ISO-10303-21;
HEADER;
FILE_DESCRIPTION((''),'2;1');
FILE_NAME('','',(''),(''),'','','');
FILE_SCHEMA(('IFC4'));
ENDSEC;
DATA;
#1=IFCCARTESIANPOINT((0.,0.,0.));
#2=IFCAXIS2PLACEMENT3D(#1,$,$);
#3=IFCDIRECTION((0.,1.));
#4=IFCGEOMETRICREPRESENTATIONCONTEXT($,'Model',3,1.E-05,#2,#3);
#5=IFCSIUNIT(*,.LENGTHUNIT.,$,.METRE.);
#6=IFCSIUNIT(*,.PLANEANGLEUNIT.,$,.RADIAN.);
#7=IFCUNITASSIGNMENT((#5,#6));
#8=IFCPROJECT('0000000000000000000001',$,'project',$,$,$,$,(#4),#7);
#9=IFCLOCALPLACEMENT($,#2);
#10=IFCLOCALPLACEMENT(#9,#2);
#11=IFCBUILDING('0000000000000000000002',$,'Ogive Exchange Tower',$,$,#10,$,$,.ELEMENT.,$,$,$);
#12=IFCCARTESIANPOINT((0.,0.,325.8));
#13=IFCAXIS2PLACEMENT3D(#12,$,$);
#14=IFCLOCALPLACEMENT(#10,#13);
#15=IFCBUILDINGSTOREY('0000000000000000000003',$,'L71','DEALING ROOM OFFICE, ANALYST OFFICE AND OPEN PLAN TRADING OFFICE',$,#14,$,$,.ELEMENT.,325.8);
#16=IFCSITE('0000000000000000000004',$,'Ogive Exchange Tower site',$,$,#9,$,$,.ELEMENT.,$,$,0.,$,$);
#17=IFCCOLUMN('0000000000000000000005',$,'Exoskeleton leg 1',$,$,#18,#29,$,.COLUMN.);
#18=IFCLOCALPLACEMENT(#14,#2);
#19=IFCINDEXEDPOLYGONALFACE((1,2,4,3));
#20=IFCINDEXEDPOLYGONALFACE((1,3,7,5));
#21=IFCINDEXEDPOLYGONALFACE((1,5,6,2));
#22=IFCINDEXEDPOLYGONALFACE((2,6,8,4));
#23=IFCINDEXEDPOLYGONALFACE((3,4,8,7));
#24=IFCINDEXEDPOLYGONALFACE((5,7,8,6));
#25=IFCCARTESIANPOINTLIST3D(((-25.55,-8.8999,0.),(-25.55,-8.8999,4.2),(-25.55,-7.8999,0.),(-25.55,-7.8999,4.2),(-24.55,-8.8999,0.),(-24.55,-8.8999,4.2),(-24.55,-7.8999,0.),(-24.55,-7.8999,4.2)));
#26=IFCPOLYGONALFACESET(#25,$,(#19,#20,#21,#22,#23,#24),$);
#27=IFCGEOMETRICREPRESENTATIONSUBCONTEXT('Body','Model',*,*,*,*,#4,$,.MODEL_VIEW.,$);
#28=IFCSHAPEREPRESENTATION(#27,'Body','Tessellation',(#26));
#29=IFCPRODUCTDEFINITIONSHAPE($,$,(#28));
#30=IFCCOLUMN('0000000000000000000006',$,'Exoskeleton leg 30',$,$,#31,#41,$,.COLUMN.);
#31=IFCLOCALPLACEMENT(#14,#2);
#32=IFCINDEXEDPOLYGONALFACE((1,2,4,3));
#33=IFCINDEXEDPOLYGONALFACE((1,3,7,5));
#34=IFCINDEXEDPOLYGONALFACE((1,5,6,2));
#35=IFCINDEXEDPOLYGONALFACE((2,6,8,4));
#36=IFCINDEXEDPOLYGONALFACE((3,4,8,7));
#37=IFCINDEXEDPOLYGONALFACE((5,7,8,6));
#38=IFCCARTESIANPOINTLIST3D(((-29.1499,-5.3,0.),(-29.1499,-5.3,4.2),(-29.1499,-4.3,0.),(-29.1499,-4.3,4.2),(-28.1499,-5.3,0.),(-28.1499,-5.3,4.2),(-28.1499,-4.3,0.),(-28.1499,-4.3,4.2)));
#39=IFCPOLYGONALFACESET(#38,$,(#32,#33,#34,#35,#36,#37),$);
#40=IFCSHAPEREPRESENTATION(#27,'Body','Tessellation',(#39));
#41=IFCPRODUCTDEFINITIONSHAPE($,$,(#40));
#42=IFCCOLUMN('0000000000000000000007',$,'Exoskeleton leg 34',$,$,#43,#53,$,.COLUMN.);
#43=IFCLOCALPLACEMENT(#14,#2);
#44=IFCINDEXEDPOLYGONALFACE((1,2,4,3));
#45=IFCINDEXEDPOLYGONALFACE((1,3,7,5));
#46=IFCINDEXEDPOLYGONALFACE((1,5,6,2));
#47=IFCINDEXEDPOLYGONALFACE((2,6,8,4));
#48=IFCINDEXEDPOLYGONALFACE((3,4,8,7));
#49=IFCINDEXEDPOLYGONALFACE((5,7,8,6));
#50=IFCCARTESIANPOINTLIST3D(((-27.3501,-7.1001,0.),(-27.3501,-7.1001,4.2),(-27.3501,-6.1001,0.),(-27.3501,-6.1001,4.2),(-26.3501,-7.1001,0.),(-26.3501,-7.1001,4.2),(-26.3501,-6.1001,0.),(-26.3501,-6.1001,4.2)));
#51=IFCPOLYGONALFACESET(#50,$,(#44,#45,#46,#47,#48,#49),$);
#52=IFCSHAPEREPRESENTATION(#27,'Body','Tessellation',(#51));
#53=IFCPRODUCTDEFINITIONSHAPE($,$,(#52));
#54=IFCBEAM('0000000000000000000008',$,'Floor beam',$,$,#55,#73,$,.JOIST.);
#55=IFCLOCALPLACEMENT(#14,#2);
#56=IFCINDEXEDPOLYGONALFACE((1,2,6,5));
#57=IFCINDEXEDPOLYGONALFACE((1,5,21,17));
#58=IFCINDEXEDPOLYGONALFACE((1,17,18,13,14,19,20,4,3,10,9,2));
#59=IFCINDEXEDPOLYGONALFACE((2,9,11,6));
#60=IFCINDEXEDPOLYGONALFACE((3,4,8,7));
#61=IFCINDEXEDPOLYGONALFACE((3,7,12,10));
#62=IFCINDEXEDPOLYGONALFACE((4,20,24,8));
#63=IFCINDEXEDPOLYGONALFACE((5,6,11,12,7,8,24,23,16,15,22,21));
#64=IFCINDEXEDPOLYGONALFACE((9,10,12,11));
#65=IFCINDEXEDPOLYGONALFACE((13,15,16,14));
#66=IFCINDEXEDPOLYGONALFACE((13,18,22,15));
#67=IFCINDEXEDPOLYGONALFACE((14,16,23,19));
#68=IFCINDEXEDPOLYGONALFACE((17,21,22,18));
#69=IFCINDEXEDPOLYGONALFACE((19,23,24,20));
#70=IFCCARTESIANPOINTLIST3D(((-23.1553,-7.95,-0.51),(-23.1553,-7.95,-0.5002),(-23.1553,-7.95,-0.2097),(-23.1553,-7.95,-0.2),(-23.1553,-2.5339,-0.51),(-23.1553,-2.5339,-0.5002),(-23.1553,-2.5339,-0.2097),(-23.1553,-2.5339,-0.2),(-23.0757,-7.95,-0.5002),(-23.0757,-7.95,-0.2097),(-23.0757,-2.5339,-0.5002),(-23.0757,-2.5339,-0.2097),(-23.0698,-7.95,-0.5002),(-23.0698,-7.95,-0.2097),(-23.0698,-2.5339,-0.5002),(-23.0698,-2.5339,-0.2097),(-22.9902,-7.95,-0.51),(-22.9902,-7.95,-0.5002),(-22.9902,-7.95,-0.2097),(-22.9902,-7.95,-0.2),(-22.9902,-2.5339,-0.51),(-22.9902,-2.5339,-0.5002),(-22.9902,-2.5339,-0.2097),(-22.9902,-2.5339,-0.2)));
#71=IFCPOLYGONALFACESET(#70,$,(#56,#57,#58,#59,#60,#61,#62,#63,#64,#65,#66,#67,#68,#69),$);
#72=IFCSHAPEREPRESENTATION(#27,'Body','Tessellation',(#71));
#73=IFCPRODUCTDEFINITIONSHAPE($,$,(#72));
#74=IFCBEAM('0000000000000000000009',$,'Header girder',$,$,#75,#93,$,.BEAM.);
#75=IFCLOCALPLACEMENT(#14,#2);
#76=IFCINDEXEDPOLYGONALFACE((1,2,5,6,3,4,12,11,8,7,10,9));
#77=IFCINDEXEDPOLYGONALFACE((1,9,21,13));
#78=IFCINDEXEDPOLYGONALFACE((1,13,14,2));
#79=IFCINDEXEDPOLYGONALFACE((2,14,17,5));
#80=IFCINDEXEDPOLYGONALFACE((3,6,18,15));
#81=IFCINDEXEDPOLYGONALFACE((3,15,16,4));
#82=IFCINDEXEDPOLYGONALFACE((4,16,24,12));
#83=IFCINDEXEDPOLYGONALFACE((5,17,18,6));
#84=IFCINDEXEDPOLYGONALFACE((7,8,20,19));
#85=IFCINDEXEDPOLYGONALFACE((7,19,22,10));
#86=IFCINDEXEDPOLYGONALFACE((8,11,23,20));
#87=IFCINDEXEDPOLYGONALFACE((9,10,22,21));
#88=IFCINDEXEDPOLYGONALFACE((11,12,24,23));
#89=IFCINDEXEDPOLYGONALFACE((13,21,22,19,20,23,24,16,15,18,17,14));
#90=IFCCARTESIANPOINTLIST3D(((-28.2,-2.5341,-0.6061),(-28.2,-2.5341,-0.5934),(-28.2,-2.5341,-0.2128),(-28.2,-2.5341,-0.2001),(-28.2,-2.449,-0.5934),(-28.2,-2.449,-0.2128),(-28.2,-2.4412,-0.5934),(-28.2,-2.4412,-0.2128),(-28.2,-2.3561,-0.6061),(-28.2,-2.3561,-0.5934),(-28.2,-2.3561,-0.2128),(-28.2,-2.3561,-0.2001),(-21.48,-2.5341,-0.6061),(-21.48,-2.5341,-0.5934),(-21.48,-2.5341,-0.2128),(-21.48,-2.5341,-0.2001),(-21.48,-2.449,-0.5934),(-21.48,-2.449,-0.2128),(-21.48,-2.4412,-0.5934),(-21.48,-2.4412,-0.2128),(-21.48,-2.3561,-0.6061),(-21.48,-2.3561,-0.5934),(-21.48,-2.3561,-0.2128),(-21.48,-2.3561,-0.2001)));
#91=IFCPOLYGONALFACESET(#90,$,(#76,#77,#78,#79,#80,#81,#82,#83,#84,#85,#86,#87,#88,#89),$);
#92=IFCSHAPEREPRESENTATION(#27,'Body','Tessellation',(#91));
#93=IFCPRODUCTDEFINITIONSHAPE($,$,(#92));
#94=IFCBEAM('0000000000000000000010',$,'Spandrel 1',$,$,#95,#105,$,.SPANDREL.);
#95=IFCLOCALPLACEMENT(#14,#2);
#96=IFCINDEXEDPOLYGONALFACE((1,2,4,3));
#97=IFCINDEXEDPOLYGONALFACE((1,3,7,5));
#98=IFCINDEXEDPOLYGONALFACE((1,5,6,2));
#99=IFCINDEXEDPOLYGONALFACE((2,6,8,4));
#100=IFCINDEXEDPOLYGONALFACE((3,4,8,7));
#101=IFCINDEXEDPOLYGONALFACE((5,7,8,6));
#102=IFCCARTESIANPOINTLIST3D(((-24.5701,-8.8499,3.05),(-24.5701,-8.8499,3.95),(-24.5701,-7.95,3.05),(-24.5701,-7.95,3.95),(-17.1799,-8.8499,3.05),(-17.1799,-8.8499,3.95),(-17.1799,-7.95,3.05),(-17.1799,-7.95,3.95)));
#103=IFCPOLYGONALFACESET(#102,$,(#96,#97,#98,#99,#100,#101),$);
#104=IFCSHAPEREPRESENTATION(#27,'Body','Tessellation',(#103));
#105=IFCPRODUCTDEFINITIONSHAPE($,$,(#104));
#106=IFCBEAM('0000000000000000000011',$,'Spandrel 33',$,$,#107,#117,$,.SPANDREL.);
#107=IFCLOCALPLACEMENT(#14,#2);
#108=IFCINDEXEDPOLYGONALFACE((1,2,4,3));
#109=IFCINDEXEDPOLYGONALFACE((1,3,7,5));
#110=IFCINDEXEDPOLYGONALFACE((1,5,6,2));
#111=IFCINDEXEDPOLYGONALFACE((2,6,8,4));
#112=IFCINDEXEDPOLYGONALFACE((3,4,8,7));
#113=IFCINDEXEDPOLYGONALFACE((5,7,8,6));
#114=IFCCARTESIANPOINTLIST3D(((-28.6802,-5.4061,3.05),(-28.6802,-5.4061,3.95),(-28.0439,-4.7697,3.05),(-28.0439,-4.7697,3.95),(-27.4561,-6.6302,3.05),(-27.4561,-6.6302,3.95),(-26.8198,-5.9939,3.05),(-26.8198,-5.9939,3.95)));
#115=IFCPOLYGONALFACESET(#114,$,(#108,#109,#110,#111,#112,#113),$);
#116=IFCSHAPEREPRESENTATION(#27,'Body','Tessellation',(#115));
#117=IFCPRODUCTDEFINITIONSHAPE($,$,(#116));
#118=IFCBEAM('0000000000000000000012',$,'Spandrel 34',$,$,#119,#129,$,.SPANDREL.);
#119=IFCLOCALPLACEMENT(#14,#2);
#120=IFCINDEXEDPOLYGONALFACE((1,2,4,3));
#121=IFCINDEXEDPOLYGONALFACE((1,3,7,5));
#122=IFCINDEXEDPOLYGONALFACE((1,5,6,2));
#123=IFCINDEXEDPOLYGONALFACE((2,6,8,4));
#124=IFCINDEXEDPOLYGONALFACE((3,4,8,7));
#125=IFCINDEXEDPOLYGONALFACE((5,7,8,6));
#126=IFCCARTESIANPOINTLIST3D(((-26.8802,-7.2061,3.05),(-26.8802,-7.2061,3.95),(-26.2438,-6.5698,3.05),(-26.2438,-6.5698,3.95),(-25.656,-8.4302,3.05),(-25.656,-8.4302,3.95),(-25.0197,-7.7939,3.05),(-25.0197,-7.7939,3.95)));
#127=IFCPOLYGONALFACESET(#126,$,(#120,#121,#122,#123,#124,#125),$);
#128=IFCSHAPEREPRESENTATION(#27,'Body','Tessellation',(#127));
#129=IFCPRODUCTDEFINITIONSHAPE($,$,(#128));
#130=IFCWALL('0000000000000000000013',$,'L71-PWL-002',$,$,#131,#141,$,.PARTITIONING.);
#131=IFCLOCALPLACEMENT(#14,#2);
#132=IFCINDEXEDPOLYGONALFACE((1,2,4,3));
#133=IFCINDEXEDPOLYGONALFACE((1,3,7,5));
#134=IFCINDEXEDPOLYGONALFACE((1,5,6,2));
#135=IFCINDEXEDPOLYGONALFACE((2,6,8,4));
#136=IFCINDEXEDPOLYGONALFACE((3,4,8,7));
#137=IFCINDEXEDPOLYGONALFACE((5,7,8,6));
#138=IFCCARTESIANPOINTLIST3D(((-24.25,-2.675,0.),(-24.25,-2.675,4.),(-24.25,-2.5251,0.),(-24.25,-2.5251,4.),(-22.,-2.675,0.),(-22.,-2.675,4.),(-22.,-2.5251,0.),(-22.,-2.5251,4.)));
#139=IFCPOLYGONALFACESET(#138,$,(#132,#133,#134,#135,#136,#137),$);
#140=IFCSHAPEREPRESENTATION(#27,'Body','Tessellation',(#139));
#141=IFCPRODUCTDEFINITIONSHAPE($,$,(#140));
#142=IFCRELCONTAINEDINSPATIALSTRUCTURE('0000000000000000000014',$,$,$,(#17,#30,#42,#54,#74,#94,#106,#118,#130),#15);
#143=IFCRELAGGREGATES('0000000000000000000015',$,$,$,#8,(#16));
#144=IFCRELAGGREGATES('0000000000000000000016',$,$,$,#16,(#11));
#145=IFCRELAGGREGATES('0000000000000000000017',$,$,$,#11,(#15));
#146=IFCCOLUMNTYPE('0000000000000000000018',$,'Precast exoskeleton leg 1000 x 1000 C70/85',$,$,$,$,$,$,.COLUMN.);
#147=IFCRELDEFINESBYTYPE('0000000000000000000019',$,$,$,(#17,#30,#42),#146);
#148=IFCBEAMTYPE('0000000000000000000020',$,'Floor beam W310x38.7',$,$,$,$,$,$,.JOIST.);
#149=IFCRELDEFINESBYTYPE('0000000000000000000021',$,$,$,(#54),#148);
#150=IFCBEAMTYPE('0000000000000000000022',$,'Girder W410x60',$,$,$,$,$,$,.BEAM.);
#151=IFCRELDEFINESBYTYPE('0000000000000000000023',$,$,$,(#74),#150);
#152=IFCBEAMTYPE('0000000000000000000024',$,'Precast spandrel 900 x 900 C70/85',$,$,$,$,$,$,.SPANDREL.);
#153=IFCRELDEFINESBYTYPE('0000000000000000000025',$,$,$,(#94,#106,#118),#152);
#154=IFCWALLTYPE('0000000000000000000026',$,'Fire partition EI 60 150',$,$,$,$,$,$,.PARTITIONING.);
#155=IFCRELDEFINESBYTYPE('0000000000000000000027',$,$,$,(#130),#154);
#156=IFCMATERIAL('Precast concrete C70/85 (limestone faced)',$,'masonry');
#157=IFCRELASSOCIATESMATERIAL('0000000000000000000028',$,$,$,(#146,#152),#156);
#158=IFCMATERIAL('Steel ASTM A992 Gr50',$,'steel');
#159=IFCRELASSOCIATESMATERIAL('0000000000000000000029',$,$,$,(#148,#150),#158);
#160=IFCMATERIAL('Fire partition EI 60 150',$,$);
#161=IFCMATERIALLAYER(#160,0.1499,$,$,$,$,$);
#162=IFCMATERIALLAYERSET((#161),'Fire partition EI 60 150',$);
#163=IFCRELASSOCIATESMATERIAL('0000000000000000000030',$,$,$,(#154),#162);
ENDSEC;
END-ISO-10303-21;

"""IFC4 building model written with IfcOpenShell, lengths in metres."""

from ifc_helpers import new_model, si_unit, direction, frame, frame_2d, origin, origin_2d, place, context, subcontext, project, spatial, rectangle, i_section, extrude, material, layer, layer_set, material_profile, profile_set, type_object, element, save


model = new_model("IFC4")

# Units and contexts
model_context = context("Model", 3, precision=1e-05, world=origin(), true_north=direction((0.0, 1.0)))
body_context = subcontext(model_context, "Body", "Model", "MODEL_VIEW")
ifc_project = project(units=[si_unit("LENGTHUNIT", "METRE"), si_unit("PLANEANGLEUNIT", "RADIAN")], contexts=[model_context])

# Site, building, storey
site_placement = place(None, origin())
site = spatial("IfcSite", under=ifc_project, at=site_placement, Name="Ogive Exchange Tower site", CompositionType="ELEMENT", RefElevation=0.0)
building_placement = place(site_placement, origin())
building = spatial("IfcBuilding", under=site, at=building_placement, Name="Ogive Exchange Tower", CompositionType="ELEMENT")
storey_placement = place(building_placement, frame((0.0, 0.0, 325.8)))
storey = spatial("IfcBuildingStorey", under=building, at=storey_placement, Name="L71", Description="DEALING ROOM OFFICE, ANALYST OFFICE AND OPEN PLAN TRADING OFFICE", CompositionType="ELEMENT", Elevation=325.8)

# Columns
ifc_material_1 = material(Name="Precast concrete C70/85 (limestone faced)", Category="masonry")
ifc_material_profile_1 = material_profile(ifc_material_1, rectangle(XDim=1.0, YDim=1.0, at=origin_2d()), Name="1000 x 1000")
ifc_profile_set_1 = profile_set([ifc_material_profile_1], Name="Precast concrete C70/85 (limestone faced)")
column_type = type_object("IfcColumnType", Name="Precast exoskeleton leg 1000 x 1000 C70/85", PredefinedType="COLUMN", material=ifc_profile_set_1)
for number, where, z_axis, x_axis, name in (
    (1, (-25.05, -8.3999, 0.0), (0.0, 0.0, 1.0), (1.0, 0.0, 0.0), "Exoskeleton leg 1"),
    (2, (-28.6499, -4.8, 0.0), (0.0, 0.0, 1.0), (1.0, 0.0, 0.0), "Exoskeleton leg 30"),
    (3, (-26.8501, -6.6001, 0.0), (0.0, 0.0, 1.0), (1.0, 0.0, 0.0), "Exoskeleton leg 34"),
):
    element("IfcColumn", number, at=place(storey_placement, frame(where, z_axis=z_axis, x_axis=x_axis)), inside=storey, type_object=column_type, Name=name, PredefinedType="COLUMN", context=body_context, shape_type="SweptSolid", body=[
        extrude(rectangle(XDim=1.0, YDim=1.0, at=origin_2d()), origin(), (0.0, 0.0, 1.0), 4.2),
    ])

# Beams
ifc_material_2 = material(Name="Steel ASTM A992 Gr50", Category="steel")
ifc_material_profile_2 = material_profile(ifc_material_2, i_section(OverallWidth=0.165, OverallDepth=0.3101, WebThickness=0.0059, FlangeThickness=0.0098, at=origin_2d()), Name="W310x38.7")
ifc_profile_set_2 = profile_set([ifc_material_profile_2], Name="Steel ASTM A992 Gr50")
beam_type_1 = type_object("IfcBeamType", Name="Floor beam W310x38.7", PredefinedType="JOIST", material=ifc_profile_set_2)
beam_1_placement = place(storey_placement, frame((-23.0728, -7.95, -0.355), z_axis=(0.0, 1.0, 0.0), x_axis=(-1.0, 0.0, 0.0)))
element("IfcBeam", 4, at=beam_1_placement, inside=storey, type_object=beam_type_1, Name="Floor beam", PredefinedType="JOIST", context=body_context, shape_type="SweptSolid", body=[
    extrude(i_section(OverallWidth=0.165, OverallDepth=0.3101, WebThickness=0.0059, FlangeThickness=0.0098, at=origin_2d()), origin(), (0.0, 0.0, 1.0), 5.416),
])
ifc_material_profile_3 = material_profile(ifc_material_2, i_section(OverallWidth=0.178, OverallDepth=0.406, WebThickness=0.0078, FlangeThickness=0.0127, at=origin_2d()), Name="W410x60")
ifc_profile_set_3 = profile_set([ifc_material_profile_3], Name="Steel ASTM A992 Gr50")
beam_type_2 = type_object("IfcBeamType", Name="Girder W410x60", PredefinedType="BEAM", material=ifc_profile_set_3)
beam_2_placement = place(storey_placement, frame((-28.2, -2.4451, -0.4031), z_axis=(1.0, 0.0, 0.0), x_axis=(0.0, 1.0, 0.0)))
element("IfcBeam", 5, at=beam_2_placement, inside=storey, type_object=beam_type_2, Name="Header girder", PredefinedType="BEAM", context=body_context, shape_type="SweptSolid", body=[
    extrude(i_section(OverallWidth=0.178, OverallDepth=0.406, WebThickness=0.0078, FlangeThickness=0.0127, at=origin_2d()), origin(), (0.0, 0.0, 1.0), 6.72),
])
ifc_material_profile_4 = material_profile(ifc_material_1, rectangle(XDim=0.8999, YDim=0.8999, at=origin_2d()), Name="900 x 900")
ifc_profile_set_4 = profile_set([ifc_material_profile_4], Name="Precast concrete C70/85 (limestone faced)")
beam_type_3 = type_object("IfcBeamType", Name="Precast spandrel 900 x 900 C70/85", PredefinedType="SPANDREL", material=ifc_profile_set_4)
beam_3_placement = place(storey_placement, frame((-24.5701, -8.3999, 3.5), z_axis=(1.0, 0.0, 0.0), x_axis=(0.0, 1.0, 0.0)))
element("IfcBeam", 6, at=beam_3_placement, inside=storey, type_object=beam_type_3, Name="Spandrel 1", PredefinedType="SPANDREL", context=body_context, shape_type="SweptSolid", body=[
    extrude(rectangle(XDim=0.8999, YDim=0.8999, at=origin_2d()), origin(), (0.0, 0.0, 1.0), 7.3901),
])
for number, where, z_axis, x_axis, name in (
    (7, (-28.3621, -5.0879, 3.5), (0.707107, -0.707107, 0.0), (0.707107, 0.707107, 0.0), "Spandrel 33"),
    (8, (-26.562, -6.8879, 3.5), (0.707107, -0.707107, 0.0), (0.707107, 0.707107, 0.0), "Spandrel 34"),
):
    element("IfcBeam", number, at=place(storey_placement, frame(where, z_axis=z_axis, x_axis=x_axis)), inside=storey, type_object=beam_type_3, Name=name, PredefinedType="SPANDREL", context=body_context, shape_type="SweptSolid", body=[
        extrude(rectangle(XDim=0.8999, YDim=0.8999, at=origin_2d()), origin(), (0.0, 0.0, 1.0), 1.7312),
    ])

# Wall
ifc_material_3 = material(Name="Fire partition EI 60 150")
ifc_layer_1 = layer(ifc_material_3, 0.1499)
ifc_layer_set_1 = layer_set([ifc_layer_1], Name="Fire partition EI 60 150")
wall_type_1 = type_object("IfcWallType", Name="Fire partition EI 60 150", PredefinedType="PARTITIONING", material=ifc_layer_set_1)
wall_1_placement = place(storey_placement, frame((-24.25, -2.6001, 0.0), z_axis=(0.0, 0.0, 1.0), x_axis=(1.0, 0.0, 0.0)))
element("IfcWall", 9, at=wall_1_placement, inside=storey, type_object=wall_type_1, Name="L71-PWL-002", PredefinedType="PARTITIONING", context=body_context, shape_type="SweptSolid", body=[
    extrude(rectangle(XDim=2.25, YDim=0.1499, at=frame_2d((1.125, 0.0))), origin(), (0.0, 0.0, 1.0), 4.0),
])

save(model, "model.ifc")
